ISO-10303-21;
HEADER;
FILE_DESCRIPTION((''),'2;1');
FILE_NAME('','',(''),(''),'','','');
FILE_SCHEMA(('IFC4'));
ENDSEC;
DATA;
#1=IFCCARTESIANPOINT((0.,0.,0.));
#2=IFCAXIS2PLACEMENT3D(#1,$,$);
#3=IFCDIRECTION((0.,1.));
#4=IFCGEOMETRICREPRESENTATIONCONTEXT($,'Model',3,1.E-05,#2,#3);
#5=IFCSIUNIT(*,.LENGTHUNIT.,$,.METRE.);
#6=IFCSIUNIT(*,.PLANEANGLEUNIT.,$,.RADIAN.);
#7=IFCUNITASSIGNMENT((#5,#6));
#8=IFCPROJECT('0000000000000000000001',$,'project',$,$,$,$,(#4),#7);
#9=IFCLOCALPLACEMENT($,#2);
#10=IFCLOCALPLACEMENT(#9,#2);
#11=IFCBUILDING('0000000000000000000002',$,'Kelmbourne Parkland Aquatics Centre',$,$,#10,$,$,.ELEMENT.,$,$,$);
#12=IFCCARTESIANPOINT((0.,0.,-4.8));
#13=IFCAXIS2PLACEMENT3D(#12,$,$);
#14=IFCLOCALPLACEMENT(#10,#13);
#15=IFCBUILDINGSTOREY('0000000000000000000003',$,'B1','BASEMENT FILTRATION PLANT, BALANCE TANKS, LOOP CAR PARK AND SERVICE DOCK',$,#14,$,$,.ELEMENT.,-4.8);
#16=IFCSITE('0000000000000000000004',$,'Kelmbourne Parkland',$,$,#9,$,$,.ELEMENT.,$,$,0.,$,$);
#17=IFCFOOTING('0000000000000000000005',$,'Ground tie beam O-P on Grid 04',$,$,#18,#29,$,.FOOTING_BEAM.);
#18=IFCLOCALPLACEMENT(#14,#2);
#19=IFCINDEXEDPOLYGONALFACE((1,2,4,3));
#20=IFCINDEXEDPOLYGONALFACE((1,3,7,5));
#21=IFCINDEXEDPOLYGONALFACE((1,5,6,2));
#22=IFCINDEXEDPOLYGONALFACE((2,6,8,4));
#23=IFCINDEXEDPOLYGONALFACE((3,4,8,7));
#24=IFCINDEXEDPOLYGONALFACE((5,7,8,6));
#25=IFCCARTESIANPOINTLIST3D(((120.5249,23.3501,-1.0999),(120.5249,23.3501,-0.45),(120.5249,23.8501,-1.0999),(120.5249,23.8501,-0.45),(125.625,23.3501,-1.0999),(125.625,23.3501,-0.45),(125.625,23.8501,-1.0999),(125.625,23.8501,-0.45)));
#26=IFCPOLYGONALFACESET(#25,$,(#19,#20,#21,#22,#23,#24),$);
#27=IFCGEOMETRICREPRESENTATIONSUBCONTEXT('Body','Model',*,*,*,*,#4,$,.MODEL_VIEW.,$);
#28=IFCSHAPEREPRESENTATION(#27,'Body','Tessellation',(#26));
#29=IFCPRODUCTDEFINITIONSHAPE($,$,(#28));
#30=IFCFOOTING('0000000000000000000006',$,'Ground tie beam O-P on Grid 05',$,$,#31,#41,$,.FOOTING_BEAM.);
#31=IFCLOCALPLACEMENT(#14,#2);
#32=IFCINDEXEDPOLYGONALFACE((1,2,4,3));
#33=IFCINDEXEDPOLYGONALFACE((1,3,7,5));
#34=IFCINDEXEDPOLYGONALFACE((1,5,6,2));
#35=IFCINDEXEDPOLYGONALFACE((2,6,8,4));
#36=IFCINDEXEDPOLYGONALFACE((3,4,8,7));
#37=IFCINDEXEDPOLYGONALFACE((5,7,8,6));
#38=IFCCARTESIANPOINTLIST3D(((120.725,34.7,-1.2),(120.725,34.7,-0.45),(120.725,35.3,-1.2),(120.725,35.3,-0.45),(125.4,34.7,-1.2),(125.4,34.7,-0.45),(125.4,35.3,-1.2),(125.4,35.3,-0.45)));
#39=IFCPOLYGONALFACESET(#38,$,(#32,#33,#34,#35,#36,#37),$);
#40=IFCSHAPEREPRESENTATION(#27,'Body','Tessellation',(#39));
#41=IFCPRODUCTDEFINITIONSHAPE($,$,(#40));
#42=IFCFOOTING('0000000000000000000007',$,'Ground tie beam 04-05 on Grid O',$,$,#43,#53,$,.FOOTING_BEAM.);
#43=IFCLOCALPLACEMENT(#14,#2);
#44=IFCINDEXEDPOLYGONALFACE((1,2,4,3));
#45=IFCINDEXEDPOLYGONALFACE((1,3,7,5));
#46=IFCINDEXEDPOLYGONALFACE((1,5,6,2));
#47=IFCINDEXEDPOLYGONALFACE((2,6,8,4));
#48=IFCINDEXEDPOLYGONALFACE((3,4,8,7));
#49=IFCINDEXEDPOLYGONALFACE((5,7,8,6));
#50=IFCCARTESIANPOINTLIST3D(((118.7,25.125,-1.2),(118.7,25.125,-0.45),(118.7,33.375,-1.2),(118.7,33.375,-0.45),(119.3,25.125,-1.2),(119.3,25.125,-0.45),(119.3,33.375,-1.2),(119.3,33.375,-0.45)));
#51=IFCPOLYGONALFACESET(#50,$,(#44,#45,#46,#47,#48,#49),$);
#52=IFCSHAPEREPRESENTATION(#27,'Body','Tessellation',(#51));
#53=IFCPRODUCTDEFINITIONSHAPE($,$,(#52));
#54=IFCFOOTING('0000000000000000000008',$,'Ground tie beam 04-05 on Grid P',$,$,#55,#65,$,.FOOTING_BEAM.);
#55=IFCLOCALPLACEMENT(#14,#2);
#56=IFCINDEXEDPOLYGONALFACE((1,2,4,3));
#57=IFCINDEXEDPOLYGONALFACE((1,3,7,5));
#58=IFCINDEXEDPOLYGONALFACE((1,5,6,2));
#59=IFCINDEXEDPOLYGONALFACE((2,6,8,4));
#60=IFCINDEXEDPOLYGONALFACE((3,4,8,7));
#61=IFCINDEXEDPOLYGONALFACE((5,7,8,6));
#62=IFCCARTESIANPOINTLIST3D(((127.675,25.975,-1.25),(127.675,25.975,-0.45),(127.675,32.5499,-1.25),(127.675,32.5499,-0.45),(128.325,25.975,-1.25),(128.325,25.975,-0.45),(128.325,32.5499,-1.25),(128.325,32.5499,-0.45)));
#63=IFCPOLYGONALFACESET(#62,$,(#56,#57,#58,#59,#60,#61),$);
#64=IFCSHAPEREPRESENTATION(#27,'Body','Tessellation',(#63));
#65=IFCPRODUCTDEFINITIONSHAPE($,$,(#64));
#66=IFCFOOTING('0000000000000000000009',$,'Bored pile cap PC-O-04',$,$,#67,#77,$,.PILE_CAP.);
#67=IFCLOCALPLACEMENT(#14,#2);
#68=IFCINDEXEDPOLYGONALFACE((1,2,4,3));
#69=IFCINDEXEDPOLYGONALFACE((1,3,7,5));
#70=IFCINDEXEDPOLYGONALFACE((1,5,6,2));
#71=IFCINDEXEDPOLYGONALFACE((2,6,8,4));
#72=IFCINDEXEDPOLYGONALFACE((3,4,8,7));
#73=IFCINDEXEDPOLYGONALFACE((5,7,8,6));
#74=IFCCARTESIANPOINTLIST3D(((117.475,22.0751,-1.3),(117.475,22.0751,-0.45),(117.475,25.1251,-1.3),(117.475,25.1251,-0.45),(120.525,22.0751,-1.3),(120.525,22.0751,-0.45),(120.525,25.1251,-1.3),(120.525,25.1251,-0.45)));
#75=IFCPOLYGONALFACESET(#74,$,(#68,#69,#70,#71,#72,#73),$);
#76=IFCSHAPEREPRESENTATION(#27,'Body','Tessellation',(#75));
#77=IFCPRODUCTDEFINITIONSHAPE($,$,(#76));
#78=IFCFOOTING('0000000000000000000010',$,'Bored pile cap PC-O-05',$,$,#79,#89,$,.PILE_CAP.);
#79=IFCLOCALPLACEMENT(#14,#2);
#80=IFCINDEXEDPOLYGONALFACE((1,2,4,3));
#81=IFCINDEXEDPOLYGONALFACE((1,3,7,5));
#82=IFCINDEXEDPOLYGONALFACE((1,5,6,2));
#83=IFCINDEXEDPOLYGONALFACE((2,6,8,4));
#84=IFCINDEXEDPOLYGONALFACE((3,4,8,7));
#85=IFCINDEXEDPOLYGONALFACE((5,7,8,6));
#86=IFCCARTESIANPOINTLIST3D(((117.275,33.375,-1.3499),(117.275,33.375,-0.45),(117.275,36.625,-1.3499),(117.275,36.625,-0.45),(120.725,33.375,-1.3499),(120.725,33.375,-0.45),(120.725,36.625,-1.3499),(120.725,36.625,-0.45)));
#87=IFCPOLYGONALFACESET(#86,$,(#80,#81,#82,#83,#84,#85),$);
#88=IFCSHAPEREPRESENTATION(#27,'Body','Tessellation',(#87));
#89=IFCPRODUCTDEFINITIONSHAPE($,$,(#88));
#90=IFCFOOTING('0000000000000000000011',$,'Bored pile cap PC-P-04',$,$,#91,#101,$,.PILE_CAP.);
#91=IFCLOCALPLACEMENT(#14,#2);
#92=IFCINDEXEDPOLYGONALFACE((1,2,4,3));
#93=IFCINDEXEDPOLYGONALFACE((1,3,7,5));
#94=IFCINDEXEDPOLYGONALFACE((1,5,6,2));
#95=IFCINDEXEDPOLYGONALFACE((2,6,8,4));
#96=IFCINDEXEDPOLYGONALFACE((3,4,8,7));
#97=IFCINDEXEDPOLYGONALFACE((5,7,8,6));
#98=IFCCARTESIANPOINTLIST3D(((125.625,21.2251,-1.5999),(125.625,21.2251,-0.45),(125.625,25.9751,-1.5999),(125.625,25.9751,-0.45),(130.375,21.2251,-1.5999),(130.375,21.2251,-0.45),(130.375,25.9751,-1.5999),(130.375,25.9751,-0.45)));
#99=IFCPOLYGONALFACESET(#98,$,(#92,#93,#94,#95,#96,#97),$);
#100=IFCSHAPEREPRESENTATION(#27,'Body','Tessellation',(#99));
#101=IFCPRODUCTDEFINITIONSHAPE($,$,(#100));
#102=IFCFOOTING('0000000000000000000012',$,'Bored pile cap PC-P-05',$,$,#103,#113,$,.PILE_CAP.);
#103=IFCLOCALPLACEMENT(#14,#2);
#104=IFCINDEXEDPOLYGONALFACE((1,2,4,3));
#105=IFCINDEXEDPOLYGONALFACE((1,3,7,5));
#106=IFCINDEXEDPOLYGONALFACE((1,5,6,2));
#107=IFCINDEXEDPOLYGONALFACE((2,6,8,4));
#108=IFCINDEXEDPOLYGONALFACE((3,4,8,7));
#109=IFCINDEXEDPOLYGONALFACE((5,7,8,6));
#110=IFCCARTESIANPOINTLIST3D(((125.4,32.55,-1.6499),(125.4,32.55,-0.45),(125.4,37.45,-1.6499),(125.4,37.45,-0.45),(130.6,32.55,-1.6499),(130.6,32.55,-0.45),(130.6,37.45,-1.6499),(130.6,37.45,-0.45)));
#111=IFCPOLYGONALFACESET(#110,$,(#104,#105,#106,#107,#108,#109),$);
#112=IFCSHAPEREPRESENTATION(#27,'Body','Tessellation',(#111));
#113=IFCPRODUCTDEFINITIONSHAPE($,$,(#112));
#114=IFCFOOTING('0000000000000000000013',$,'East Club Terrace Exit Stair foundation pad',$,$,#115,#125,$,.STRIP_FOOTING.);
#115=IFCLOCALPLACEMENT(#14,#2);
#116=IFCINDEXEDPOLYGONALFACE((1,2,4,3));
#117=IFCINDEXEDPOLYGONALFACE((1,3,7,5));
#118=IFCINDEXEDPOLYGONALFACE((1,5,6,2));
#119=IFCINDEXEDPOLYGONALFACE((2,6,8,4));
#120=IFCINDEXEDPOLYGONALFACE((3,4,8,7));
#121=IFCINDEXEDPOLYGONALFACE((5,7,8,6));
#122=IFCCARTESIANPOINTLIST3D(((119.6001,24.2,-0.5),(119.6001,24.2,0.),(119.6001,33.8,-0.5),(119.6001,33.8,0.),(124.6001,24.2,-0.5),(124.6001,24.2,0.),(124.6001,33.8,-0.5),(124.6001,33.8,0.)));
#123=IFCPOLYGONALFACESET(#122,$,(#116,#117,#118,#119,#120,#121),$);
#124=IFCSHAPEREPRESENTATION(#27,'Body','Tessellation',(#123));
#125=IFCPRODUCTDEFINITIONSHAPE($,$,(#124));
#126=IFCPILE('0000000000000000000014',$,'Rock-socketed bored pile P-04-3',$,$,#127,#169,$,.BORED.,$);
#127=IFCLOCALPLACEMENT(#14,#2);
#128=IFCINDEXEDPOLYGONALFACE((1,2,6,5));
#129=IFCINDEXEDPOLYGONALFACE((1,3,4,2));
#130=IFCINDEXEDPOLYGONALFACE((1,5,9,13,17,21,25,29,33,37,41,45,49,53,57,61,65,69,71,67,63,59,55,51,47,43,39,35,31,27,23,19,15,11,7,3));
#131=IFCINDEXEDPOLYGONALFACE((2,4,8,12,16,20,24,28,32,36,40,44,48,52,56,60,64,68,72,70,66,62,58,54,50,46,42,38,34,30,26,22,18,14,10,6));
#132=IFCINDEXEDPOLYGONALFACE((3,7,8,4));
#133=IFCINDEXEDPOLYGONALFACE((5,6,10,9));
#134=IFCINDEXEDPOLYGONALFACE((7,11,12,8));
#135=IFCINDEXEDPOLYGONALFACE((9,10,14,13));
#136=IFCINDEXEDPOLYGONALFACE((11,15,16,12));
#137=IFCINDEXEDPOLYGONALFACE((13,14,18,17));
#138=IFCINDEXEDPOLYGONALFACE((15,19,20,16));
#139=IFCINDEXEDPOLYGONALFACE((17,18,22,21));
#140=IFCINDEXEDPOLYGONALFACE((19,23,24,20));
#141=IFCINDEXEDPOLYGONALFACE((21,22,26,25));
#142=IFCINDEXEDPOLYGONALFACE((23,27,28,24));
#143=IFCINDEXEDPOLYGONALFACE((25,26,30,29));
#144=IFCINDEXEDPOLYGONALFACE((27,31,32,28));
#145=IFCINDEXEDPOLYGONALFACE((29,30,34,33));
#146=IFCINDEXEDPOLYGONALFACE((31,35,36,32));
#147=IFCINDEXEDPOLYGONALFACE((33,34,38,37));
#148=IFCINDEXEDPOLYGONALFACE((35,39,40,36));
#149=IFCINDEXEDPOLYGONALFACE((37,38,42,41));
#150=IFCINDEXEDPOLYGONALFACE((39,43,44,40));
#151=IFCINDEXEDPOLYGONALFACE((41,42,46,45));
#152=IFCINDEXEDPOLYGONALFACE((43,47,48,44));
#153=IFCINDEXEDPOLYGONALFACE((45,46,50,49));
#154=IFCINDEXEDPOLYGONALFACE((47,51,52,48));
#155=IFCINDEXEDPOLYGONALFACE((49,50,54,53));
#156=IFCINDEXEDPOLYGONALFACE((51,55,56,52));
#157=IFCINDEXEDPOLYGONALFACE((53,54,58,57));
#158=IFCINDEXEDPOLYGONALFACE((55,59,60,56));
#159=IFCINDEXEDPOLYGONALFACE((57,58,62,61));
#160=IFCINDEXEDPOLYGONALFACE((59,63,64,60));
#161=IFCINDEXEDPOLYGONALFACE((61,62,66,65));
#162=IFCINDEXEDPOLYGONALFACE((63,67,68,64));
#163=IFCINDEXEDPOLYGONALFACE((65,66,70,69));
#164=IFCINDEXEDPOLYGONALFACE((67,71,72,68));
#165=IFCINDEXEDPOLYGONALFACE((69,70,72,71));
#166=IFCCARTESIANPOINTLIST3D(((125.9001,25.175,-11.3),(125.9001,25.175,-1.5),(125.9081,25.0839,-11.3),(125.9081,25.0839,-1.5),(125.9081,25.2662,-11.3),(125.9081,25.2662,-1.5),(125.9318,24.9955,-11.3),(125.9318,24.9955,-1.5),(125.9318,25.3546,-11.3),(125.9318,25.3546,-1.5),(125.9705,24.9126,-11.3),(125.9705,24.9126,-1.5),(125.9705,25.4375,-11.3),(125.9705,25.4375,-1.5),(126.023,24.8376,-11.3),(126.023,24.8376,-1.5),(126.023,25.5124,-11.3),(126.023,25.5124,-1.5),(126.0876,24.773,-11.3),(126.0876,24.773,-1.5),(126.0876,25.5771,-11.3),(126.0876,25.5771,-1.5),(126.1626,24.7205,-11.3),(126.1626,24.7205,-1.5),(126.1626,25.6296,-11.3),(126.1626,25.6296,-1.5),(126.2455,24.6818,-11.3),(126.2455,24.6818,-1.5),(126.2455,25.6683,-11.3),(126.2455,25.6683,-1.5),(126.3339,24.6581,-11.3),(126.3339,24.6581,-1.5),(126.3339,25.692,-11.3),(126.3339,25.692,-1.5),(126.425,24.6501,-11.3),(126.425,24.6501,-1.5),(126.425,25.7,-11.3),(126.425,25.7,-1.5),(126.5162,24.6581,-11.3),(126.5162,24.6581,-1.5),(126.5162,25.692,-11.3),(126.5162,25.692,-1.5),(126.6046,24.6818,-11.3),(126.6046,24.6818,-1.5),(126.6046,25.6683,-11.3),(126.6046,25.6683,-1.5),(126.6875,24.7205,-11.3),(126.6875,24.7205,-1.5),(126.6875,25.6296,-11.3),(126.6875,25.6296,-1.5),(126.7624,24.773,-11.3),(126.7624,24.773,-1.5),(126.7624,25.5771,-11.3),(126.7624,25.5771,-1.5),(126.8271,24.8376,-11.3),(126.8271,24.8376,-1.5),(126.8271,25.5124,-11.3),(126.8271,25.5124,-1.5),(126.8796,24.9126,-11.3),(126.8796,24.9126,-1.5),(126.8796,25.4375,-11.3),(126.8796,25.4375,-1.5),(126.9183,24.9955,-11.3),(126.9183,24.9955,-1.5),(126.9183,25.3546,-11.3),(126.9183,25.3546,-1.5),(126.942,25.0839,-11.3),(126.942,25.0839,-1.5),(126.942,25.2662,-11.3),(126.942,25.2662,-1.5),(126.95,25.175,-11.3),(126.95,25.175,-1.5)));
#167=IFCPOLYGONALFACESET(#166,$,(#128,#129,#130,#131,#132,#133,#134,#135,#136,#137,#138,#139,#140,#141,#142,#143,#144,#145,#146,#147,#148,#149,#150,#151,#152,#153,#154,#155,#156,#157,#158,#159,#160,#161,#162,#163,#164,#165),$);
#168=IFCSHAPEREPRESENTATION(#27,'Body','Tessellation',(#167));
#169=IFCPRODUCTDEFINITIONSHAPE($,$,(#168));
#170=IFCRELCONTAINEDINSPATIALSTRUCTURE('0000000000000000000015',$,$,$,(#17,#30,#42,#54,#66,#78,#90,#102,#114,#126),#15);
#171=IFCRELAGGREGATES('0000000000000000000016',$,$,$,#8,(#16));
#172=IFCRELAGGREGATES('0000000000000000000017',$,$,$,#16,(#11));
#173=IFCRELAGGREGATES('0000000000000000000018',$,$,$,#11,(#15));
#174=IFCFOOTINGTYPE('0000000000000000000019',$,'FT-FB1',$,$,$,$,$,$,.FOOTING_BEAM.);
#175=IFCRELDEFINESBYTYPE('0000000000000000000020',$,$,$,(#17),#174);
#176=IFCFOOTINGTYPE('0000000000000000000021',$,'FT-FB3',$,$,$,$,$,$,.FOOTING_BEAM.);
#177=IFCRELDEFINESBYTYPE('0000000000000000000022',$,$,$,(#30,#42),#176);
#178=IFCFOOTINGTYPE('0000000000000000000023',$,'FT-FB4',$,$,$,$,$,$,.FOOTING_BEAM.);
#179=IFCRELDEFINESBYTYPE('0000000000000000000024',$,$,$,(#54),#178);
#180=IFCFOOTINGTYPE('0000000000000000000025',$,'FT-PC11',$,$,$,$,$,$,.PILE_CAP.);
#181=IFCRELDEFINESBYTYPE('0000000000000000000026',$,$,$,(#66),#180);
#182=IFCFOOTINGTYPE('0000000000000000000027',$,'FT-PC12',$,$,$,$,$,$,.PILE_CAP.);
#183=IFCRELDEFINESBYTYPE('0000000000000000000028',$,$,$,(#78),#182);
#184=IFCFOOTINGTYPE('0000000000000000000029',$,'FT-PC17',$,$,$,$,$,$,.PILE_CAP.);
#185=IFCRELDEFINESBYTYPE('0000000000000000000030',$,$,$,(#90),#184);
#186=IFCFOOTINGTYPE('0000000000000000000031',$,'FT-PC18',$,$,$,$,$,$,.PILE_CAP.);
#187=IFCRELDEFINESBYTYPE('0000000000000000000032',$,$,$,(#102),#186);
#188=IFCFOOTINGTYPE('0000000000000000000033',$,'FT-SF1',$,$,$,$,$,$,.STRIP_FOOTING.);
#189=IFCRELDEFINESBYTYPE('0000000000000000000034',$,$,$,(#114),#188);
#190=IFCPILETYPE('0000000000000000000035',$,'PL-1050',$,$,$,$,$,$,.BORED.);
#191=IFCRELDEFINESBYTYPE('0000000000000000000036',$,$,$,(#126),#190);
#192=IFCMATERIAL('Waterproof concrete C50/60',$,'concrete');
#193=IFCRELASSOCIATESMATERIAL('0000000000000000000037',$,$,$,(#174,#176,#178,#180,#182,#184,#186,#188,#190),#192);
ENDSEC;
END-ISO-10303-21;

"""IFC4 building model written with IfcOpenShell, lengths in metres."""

from ifc_helpers import new_model, si_unit, direction, frame, origin, origin_2d, place, context, subcontext, project, spatial, rectangle, circle, extrude, material, material_profile, profile_set, type_object, element, save


model = new_model("IFC4")

# Units and contexts
model_context = context("Model", 3, precision=1e-05, world=origin(), true_north=direction((0.0, 1.0)))
body_context = subcontext(model_context, "Body", "Model", "MODEL_VIEW")
ifc_project = project(units=[si_unit("LENGTHUNIT", "METRE"), si_unit("PLANEANGLEUNIT", "RADIAN")], contexts=[model_context])

# Site, building, storey
site_placement = place(None, origin())
site = spatial("IfcSite", under=ifc_project, at=site_placement, Name="Kelmbourne Parkland", CompositionType="ELEMENT", RefElevation=0.0)
building_placement = place(site_placement, origin())
building = spatial("IfcBuilding", under=site, at=building_placement, Name="Kelmbourne Parkland Aquatics Centre", CompositionType="ELEMENT")
storey_placement = place(building_placement, frame((0.0, 0.0, -4.8)))
storey = spatial("IfcBuildingStorey", under=building, at=storey_placement, Name="B1", Description="BASEMENT FILTRATION PLANT, BALANCE TANKS, LOOP CAR PARK AND SERVICE DOCK", CompositionType="ELEMENT", Elevation=-4.8)

# Footings
ifc_material_1 = material(Name="Waterproof concrete C50/60", Category="concrete")
footing_type_1 = type_object("IfcFootingType", Name="FT-FB1", PredefinedType="FOOTING_BEAM", material=ifc_material_1)
footing_1_placement = place(storey_placement, frame((123.075, 23.6001, -1.0999), z_axis=(0.0, 0.0, 1.0), x_axis=(1.0, 0.0, 0.0)))
element("IfcFooting", 1, at=footing_1_placement, inside=storey, type_object=footing_type_1, Name="Ground tie beam O-P on Grid 04", PredefinedType="FOOTING_BEAM", context=body_context, shape_type="SweptSolid", body=[
    extrude(rectangle(XDim=5.1001, YDim=0.5, at=origin_2d()), origin(), (0.0, 0.0, 1.0), 0.6499),
])
footing_type_2 = type_object("IfcFootingType", Name="FT-FB3", PredefinedType="FOOTING_BEAM", material=ifc_material_1)
footing_2_placement = place(storey_placement, frame((123.0625, 35.0, -1.2), z_axis=(0.0, 0.0, 1.0), x_axis=(1.0, 0.0, 0.0)))
element("IfcFooting", 2, at=footing_2_placement, inside=storey, type_object=footing_type_2, Name="Ground tie beam O-P on Grid 05", PredefinedType="FOOTING_BEAM", context=body_context, shape_type="SweptSolid", body=[
    extrude(rectangle(XDim=4.675, YDim=0.6001, at=origin_2d()), origin(), (0.0, 0.0, 1.0), 0.75),
])
footing_3_placement = place(storey_placement, frame((119.0, 29.25, -1.2), z_axis=(0.0, 0.0, 1.0), x_axis=(0.0, 1.0, 0.0)))
element("IfcFooting", 3, at=footing_3_placement, inside=storey, type_object=footing_type_2, Name="Ground tie beam 04-05 on Grid O", PredefinedType="FOOTING_BEAM", context=body_context, shape_type="SweptSolid", body=[
    extrude(rectangle(XDim=8.25, YDim=0.6001, at=origin_2d()), origin(), (0.0, 0.0, 1.0), 0.75),
])
footing_type_3 = type_object("IfcFootingType", Name="FT-FB4", PredefinedType="FOOTING_BEAM", material=ifc_material_1)
footing_4_placement = place(storey_placement, frame((128.0, 29.2625, -1.25), z_axis=(0.0, 0.0, 1.0), x_axis=(0.0, 1.0, 0.0)))
element("IfcFooting", 4, at=footing_4_placement, inside=storey, type_object=footing_type_3, Name="Ground tie beam 04-05 on Grid P", PredefinedType="FOOTING_BEAM", context=body_context, shape_type="SweptSolid", body=[
    extrude(rectangle(XDim=6.575, YDim=0.6499, at=origin_2d()), origin(), (0.0, 0.0, 1.0), 0.8),
])
footing_type_4 = type_object("IfcFootingType", Name="FT-PC11", PredefinedType="PILE_CAP", material=ifc_material_1)
footing_5_placement = place(storey_placement, frame((119.0, 23.6001, -1.3), z_axis=(0.0, 0.0, 1.0), x_axis=(1.0, 0.0, 0.0)))
element("IfcFooting", 5, at=footing_5_placement, inside=storey, type_object=footing_type_4, Name="Bored pile cap PC-O-04", PredefinedType="PILE_CAP", context=body_context, shape_type="SweptSolid", body=[
    extrude(rectangle(XDim=3.05, YDim=3.05, at=origin_2d()), origin(), (0.0, 0.0, 1.0), 0.8501),
])
footing_type_5 = type_object("IfcFootingType", Name="FT-PC12", PredefinedType="PILE_CAP", material=ifc_material_1)
footing_6_placement = place(storey_placement, frame((119.0, 35.0, -1.3499), z_axis=(0.0, 0.0, 1.0), x_axis=(1.0, 0.0, 0.0)))
element("IfcFooting", 6, at=footing_6_placement, inside=storey, type_object=footing_type_5, Name="Bored pile cap PC-O-05", PredefinedType="PILE_CAP", context=body_context, shape_type="SweptSolid", body=[
    extrude(rectangle(XDim=3.45, YDim=3.25, at=origin_2d()), origin(), (0.0, 0.0, 1.0), 0.8999),
])
footing_type_6 = type_object("IfcFootingType", Name="FT-PC17", PredefinedType="PILE_CAP", material=ifc_material_1)
footing_7_placement = place(storey_placement, frame((128.0, 23.6001, -1.5999), z_axis=(0.0, 0.0, 1.0), x_axis=(1.0, 0.0, 0.0)))
element("IfcFooting", 7, at=footing_7_placement, inside=storey, type_object=footing_type_6, Name="Bored pile cap PC-P-04", PredefinedType="PILE_CAP", context=body_context, shape_type="SweptSolid", body=[
    extrude(rectangle(XDim=4.75, YDim=4.75, at=origin_2d()), origin(), (0.0, 0.0, 1.0), 1.1499),
])
footing_type_7 = type_object("IfcFootingType", Name="FT-PC18", PredefinedType="PILE_CAP", material=ifc_material_1)
footing_8_placement = place(storey_placement, frame((128.0, 35.0, -1.6499), z_axis=(0.0, 0.0, 1.0), x_axis=(1.0, 0.0, 0.0)))
element("IfcFooting", 8, at=footing_8_placement, inside=storey, type_object=footing_type_7, Name="Bored pile cap PC-P-05", PredefinedType="PILE_CAP", context=body_context, shape_type="SweptSolid", body=[
    extrude(rectangle(XDim=5.2, YDim=4.8999, at=origin_2d()), origin(), (0.0, 0.0, 1.0), 1.2),
])
footing_type_8 = type_object("IfcFootingType", Name="FT-SF1", PredefinedType="STRIP_FOOTING", material=ifc_material_1)
footing_9_placement = place(storey_placement, frame((122.1001, 29.0, -0.5), z_axis=(0.0, 0.0, 1.0), x_axis=(1.0, 0.0, 0.0)))
element("IfcFooting", 9, at=footing_9_placement, inside=storey, type_object=footing_type_8, Name="East Club Terrace Exit Stair foundation pad", PredefinedType="STRIP_FOOTING", context=body_context, shape_type="SweptSolid", body=[
    extrude(rectangle(XDim=5.0, YDim=9.6001, at=origin_2d()), origin(), (0.0, 0.0, 1.0), 0.5),
])

# Pile
ifc_material_profile_1 = material_profile(ifc_material_1, circle(Radius=0.5249, at=origin_2d()), Name="PILE D1050")
ifc_profile_set_1 = profile_set([ifc_material_profile_1], Name="Waterproof concrete C50/60")
pile_type_1 = type_object("IfcPileType", Name="PL-1050", PredefinedType="BORED", material=ifc_profile_set_1)
pile_1_placement = place(storey_placement, frame((126.425, 25.175, -1.5), z_axis=(0.0, 0.0, -1.0), x_axis=(1.0, 0.0, 0.0)))
element("IfcPile", 10, at=pile_1_placement, inside=storey, type_object=pile_type_1, Name="Rock-socketed bored pile P-04-3", PredefinedType="BORED", context=body_context, shape_type="SweptSolid", body=[
    extrude(circle(Radius=0.5249, at=origin_2d()), origin(), (0.0, 0.0, 1.0), 9.8),
])

save(model, "model.ifc")
